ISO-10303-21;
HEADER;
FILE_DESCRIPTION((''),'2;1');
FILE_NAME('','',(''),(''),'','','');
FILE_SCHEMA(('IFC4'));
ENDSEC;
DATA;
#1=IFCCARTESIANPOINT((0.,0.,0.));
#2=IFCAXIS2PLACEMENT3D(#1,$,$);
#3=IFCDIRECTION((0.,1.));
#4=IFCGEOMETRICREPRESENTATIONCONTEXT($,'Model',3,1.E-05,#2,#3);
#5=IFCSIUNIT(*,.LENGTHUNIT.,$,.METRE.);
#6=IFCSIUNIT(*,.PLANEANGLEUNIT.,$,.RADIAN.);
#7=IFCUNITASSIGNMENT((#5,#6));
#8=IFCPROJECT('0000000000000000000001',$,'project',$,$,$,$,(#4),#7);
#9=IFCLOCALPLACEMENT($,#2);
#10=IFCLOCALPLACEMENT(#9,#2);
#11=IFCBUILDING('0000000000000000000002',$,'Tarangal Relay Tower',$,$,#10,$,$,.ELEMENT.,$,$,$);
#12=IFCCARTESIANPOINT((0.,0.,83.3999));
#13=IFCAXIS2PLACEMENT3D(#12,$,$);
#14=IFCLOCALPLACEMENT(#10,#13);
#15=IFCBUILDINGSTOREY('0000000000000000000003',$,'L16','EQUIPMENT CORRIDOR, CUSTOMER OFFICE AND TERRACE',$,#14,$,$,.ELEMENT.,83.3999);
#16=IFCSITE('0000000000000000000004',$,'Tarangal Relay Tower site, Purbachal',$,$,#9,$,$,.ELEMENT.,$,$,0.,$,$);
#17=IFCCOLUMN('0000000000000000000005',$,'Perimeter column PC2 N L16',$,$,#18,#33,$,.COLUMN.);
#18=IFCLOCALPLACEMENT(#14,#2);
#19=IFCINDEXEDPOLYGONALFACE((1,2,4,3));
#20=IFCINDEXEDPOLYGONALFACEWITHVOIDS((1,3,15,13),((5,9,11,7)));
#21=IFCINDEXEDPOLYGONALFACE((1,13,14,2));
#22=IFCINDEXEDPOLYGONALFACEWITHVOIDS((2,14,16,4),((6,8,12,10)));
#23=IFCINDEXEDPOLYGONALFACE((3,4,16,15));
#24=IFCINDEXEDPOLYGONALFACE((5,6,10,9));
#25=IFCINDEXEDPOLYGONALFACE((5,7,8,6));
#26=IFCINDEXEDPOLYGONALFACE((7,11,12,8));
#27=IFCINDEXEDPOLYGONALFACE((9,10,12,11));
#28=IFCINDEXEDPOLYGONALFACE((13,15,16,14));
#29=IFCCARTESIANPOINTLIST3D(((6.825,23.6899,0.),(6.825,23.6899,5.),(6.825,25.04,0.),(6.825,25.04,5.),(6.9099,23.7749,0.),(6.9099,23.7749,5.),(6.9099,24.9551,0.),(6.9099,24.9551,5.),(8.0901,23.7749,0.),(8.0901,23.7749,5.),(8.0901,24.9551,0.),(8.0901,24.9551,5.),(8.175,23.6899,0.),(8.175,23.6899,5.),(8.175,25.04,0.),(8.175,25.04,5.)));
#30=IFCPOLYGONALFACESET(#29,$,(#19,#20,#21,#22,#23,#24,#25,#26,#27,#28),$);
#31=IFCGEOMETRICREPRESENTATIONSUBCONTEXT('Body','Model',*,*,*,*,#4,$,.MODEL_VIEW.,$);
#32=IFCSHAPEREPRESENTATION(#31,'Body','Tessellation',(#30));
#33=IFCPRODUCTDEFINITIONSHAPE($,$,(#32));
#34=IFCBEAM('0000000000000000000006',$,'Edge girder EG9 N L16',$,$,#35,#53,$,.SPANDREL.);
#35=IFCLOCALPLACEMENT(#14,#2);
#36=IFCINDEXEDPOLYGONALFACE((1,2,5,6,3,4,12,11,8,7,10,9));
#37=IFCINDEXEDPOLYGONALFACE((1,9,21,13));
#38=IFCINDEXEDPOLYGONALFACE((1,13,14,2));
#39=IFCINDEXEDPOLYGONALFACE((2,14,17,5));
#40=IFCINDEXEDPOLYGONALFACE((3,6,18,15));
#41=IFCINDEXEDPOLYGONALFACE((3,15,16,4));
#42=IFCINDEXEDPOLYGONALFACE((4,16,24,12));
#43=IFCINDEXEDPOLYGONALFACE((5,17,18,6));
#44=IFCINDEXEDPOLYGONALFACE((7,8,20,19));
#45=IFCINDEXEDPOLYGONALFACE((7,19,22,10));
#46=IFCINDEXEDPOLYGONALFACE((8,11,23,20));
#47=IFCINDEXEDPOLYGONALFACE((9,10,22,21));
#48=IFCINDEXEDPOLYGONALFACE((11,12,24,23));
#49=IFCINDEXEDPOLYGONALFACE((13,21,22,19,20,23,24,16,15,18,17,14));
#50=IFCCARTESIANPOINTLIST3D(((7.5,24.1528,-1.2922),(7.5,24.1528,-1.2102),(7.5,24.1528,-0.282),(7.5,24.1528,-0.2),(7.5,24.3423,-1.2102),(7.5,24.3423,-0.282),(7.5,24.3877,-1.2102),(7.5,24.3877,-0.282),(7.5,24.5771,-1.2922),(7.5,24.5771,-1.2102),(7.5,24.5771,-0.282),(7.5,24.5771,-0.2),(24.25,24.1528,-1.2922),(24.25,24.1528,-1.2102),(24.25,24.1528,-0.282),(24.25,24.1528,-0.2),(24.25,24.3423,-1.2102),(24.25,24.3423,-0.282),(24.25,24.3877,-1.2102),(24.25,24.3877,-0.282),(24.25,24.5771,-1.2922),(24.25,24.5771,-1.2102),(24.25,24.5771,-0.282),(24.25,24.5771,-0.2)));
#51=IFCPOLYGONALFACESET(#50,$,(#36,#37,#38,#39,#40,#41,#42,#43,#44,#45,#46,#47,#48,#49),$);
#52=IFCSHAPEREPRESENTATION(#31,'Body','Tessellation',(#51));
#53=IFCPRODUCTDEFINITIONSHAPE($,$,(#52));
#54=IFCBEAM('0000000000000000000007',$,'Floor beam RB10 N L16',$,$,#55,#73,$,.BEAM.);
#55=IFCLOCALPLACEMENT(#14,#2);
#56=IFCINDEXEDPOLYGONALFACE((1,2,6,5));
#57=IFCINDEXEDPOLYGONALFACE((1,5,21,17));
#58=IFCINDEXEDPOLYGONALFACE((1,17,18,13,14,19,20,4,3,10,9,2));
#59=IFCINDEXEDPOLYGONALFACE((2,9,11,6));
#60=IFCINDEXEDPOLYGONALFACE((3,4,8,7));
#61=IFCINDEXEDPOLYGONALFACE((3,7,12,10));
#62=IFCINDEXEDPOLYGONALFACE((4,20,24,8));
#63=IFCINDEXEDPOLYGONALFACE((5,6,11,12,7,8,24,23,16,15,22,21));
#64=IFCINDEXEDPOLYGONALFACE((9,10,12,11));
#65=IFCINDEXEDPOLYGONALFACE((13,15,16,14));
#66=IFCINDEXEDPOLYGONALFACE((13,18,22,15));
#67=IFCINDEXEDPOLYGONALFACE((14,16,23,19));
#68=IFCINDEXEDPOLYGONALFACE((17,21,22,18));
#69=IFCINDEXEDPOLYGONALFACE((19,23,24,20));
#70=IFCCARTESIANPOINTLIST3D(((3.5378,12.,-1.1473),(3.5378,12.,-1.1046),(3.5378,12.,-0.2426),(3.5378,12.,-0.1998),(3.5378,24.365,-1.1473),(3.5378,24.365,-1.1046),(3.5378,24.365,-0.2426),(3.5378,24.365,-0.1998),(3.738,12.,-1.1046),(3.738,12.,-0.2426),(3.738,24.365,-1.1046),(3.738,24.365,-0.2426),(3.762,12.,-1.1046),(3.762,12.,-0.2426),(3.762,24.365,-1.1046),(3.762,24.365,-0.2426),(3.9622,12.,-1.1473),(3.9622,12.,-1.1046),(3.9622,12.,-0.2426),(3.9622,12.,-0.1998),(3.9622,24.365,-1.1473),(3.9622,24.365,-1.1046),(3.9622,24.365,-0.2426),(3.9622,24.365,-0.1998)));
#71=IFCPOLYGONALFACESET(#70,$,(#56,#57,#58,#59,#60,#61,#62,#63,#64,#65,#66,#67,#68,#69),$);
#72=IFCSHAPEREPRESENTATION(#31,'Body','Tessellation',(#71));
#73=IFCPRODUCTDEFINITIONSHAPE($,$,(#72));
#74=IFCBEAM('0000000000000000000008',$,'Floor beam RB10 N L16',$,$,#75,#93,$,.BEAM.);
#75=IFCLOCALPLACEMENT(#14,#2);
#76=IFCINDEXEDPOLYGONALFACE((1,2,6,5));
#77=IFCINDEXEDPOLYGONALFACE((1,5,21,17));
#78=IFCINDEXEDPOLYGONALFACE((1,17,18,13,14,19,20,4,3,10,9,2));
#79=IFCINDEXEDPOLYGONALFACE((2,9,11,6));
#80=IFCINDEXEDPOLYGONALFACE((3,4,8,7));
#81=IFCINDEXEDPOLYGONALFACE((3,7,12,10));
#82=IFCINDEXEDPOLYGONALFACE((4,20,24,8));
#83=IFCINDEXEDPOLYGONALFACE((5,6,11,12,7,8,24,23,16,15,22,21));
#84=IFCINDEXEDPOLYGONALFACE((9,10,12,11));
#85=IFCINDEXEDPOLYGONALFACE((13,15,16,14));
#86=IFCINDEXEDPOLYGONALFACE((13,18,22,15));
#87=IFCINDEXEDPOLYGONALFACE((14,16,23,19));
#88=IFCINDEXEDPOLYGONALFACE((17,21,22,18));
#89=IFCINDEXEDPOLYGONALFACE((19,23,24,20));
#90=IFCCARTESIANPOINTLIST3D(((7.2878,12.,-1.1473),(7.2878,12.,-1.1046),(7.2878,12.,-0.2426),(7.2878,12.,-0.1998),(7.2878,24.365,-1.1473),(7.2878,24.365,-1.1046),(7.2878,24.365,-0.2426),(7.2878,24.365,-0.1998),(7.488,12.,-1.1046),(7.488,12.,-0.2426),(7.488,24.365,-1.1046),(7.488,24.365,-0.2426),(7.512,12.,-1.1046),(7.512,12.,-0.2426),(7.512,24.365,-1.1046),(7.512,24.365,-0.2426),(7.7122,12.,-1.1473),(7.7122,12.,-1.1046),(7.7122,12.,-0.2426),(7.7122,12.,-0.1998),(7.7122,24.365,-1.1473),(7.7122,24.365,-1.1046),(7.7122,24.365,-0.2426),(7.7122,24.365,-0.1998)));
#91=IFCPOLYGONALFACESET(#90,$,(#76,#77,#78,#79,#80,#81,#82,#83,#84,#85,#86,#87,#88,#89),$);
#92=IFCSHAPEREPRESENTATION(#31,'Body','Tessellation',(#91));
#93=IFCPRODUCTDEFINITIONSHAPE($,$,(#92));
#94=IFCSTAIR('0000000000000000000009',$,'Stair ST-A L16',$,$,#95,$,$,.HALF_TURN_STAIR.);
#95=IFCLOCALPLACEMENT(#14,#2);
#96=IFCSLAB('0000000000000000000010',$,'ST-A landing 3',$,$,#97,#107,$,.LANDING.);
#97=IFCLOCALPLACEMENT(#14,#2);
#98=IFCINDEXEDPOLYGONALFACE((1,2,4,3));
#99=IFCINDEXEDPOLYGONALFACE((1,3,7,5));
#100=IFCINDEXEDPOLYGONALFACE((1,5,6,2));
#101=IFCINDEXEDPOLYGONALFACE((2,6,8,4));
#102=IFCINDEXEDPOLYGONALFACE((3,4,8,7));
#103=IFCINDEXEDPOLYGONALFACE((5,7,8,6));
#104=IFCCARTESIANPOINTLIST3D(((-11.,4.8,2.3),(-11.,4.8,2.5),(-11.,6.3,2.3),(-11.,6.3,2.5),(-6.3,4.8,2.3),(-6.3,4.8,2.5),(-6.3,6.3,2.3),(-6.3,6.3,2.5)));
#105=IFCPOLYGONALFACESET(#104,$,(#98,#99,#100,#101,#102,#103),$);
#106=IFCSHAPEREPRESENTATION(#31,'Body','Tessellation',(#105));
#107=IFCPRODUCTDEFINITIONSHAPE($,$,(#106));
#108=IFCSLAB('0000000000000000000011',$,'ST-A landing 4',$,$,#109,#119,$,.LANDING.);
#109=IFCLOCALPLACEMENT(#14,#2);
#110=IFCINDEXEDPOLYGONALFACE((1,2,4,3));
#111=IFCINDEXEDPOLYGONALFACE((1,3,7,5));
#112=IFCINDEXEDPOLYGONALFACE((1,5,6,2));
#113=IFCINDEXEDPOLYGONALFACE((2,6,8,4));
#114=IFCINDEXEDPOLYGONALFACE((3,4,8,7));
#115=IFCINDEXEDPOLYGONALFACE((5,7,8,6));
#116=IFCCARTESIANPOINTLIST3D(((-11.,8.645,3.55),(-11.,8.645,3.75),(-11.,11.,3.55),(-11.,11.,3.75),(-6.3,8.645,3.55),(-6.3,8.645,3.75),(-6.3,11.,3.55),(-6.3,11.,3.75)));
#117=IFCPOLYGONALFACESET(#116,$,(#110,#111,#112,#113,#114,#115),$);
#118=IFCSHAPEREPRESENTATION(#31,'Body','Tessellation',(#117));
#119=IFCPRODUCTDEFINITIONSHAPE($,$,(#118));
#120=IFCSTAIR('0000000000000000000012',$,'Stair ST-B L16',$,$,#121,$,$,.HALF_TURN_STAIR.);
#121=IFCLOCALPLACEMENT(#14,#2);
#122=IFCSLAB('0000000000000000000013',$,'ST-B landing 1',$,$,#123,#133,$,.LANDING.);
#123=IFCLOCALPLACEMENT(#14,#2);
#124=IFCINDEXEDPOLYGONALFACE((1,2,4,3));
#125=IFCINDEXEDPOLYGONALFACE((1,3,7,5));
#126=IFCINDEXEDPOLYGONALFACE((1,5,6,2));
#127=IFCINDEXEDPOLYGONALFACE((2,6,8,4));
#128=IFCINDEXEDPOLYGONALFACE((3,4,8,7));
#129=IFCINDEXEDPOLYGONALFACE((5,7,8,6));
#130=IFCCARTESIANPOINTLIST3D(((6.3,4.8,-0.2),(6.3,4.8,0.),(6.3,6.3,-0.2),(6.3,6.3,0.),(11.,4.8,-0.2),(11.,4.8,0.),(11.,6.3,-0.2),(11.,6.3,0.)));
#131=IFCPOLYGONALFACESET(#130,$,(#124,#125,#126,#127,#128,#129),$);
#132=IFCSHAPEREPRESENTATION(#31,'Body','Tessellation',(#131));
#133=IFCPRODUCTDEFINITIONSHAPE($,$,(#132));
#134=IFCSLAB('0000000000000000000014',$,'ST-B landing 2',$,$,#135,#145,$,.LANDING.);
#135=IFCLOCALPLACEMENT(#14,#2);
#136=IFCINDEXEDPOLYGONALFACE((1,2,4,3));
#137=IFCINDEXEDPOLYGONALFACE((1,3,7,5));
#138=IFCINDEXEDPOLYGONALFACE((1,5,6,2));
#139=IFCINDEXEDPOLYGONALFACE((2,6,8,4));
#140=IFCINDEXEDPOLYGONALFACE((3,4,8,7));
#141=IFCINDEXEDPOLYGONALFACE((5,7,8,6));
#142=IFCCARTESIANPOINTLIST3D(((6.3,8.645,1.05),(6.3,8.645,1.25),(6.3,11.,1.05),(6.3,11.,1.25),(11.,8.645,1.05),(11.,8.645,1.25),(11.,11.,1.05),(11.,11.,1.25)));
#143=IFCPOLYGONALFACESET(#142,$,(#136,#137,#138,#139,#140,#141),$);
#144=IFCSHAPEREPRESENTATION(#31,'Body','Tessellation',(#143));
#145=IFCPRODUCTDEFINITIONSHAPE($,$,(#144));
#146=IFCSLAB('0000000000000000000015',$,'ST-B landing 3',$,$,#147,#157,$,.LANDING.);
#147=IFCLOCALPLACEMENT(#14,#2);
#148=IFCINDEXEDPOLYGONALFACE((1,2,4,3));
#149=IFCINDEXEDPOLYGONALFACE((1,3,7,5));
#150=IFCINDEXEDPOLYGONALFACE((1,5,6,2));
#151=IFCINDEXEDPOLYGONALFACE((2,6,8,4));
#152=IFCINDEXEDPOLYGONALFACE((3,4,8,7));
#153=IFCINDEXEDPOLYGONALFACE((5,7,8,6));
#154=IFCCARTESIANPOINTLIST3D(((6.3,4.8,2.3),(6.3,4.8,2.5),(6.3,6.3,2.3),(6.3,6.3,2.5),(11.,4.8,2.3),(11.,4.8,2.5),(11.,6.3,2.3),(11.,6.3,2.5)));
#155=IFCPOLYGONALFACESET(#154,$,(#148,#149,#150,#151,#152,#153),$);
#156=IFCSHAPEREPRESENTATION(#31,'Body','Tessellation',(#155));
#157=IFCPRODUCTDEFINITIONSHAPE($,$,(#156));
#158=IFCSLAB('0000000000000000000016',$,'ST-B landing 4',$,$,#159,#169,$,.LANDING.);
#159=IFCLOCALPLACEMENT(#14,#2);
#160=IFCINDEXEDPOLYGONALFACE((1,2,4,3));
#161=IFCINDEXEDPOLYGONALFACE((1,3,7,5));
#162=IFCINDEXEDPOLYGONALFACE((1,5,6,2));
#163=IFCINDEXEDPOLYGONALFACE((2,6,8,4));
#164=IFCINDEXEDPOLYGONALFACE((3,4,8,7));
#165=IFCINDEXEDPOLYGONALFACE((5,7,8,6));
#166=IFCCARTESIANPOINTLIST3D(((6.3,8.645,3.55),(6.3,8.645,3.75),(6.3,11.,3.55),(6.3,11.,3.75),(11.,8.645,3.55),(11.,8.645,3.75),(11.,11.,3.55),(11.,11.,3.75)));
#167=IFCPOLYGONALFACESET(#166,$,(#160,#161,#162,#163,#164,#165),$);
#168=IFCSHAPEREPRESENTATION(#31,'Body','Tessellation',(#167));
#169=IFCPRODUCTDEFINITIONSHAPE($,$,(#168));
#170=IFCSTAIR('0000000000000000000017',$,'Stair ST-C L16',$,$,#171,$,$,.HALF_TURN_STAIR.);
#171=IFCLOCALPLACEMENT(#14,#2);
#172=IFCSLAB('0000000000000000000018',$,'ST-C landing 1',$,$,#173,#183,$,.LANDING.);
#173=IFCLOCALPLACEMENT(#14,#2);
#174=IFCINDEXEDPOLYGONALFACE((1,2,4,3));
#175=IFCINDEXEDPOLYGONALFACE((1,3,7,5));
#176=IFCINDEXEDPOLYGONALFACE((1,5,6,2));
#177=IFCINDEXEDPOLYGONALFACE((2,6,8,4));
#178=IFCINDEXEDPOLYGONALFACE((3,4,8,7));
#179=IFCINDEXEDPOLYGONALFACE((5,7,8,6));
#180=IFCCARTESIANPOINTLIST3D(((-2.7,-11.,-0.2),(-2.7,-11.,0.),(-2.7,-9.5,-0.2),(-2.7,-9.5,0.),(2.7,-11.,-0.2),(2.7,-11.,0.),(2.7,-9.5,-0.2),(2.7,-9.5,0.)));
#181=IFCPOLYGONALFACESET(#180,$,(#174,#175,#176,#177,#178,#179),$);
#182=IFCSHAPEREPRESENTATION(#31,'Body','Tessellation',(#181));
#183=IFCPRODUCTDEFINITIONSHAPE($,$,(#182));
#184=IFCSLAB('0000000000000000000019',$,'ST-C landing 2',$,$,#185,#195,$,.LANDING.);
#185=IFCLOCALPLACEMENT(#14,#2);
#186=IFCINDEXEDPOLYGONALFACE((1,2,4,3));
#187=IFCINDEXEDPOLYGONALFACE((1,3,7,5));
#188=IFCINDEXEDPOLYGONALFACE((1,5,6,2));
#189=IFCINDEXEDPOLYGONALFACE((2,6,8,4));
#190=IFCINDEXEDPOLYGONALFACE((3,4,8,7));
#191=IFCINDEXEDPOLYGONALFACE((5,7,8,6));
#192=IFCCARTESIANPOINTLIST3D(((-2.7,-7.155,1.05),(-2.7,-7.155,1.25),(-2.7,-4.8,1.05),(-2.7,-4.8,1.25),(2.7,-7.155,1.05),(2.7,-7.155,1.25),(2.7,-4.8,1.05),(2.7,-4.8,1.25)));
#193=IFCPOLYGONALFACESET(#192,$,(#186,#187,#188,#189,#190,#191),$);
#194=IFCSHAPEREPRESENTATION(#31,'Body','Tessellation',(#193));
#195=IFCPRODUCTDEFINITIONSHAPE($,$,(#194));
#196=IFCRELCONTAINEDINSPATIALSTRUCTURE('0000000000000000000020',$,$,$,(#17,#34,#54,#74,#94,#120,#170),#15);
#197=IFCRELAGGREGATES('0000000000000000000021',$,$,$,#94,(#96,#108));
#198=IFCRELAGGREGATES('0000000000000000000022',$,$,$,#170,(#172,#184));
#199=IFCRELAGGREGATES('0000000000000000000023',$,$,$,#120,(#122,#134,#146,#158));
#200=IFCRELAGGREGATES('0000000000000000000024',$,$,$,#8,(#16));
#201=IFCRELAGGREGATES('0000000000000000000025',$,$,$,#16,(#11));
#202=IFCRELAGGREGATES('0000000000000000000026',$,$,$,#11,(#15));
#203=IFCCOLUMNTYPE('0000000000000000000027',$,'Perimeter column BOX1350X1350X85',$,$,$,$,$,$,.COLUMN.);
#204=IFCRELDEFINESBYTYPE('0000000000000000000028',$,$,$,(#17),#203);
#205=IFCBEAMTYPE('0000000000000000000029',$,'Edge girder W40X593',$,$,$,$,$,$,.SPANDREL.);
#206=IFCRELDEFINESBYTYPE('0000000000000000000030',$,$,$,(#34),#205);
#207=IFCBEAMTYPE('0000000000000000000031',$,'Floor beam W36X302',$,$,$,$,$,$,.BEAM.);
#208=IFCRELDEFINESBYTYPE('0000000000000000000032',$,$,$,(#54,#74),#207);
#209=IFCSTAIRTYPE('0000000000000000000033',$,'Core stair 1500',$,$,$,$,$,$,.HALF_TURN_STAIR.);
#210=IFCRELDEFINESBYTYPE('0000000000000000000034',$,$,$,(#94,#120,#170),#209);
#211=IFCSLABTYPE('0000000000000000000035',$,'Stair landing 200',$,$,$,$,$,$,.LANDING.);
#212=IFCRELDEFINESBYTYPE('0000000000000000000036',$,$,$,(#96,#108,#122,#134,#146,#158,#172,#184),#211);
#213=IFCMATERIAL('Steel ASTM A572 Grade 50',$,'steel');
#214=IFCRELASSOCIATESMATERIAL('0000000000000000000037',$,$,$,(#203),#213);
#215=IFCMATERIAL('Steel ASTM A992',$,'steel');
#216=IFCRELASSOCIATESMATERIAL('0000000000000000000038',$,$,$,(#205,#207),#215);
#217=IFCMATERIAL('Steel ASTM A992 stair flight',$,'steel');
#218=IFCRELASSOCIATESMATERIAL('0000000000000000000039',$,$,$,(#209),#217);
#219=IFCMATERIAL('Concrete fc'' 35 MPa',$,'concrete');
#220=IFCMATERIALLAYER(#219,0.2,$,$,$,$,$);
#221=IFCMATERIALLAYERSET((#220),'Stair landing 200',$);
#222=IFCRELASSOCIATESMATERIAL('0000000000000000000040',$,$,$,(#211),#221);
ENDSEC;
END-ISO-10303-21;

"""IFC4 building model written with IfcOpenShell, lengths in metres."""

from ifc_helpers import new_model, si_unit, direction, frame, origin, origin_2d, place, context, subcontext, project, spatial, polyline, hollow_rectangle, i_section, outline, extrude, material, layer, layer_set, material_profile, profile_set, type_object, element, aggregate, save


model = new_model("IFC4")

# Units and contexts
model_context = context("Model", 3, precision=1e-05, world=origin(), true_north=direction((0.0, 1.0)))
body_context = subcontext(model_context, "Body", "Model", "MODEL_VIEW")
ifc_project = project(units=[si_unit("LENGTHUNIT", "METRE"), si_unit("PLANEANGLEUNIT", "RADIAN")], contexts=[model_context])

# Site, building, storey
site_placement = place(None, origin())
site = spatial("IfcSite", under=ifc_project, at=site_placement, Name="Tarangal Relay Tower site, Purbachal", CompositionType="ELEMENT", RefElevation=0.0)
building_placement = place(site_placement, origin())
building = spatial("IfcBuilding", under=site, at=building_placement, Name="Tarangal Relay Tower", CompositionType="ELEMENT")
storey_placement = place(building_placement, frame((0.0, 0.0, 83.3999)))
storey = spatial("IfcBuildingStorey", under=building, at=storey_placement, Name="L16", Description="EQUIPMENT CORRIDOR, CUSTOMER OFFICE AND TERRACE", CompositionType="ELEMENT", Elevation=83.3999)

# Column
ifc_material_1 = material(Name="Steel ASTM A572 Grade 50", Category="steel")
ifc_material_profile_1 = material_profile(ifc_material_1, hollow_rectangle(XDim=1.3501, YDim=1.3501, WallThickness=0.085, at=origin_2d()), Name="BOX1350X1350X85")
ifc_profile_set_1 = profile_set([ifc_material_profile_1], Name="Steel ASTM A572 Grade 50")
column_type = type_object("IfcColumnType", Name="Perimeter column BOX1350X1350X85", PredefinedType="COLUMN", material=ifc_profile_set_1)
column_placement = place(storey_placement, frame((7.5, 24.365, 0.0), z_axis=(0.0, 0.0, 1.0), x_axis=(1.0, 0.0, 0.0)))
element("IfcColumn", 1, at=column_placement, inside=storey, type_object=column_type, Name="Perimeter column PC2 N L16", PredefinedType="COLUMN", context=body_context, shape_type="SweptSolid", body=[
    extrude(hollow_rectangle(XDim=1.3501, YDim=1.3501, WallThickness=0.085, at=origin_2d()), origin(), (0.0, 0.0, 1.0), 5.0),
])

# Beams
ifc_material_2 = material(Name="Steel ASTM A992", Category="steel")
ifc_material_profile_2 = material_profile(ifc_material_2, i_section(OverallWidth=0.4243, OverallDepth=1.0923, WebThickness=0.0454, FlangeThickness=0.082, at=origin_2d()), Name="W40X593")
ifc_profile_set_2 = profile_set([ifc_material_profile_2], Name="Steel ASTM A992")
beam_type_1 = type_object("IfcBeamType", Name="Edge girder W40X593", PredefinedType="SPANDREL", material=ifc_profile_set_2)
beam_placement = place(storey_placement, frame((7.5, 24.365, -0.7461), z_axis=(1.0, 0.0, 0.0), x_axis=(0.0, 1.0, 0.0)))
element("IfcBeam", 2, at=beam_placement, inside=storey, type_object=beam_type_1, Name="Edge girder EG9 N L16", PredefinedType="SPANDREL", context=body_context, shape_type="SweptSolid", body=[
    extrude(i_section(OverallWidth=0.4243, OverallDepth=1.0923, WebThickness=0.0454, FlangeThickness=0.082, at=origin_2d()), origin(), (0.0, 0.0, 1.0), 16.75),
])
ifc_material_profile_3 = material_profile(ifc_material_2, i_section(OverallWidth=0.4243, OverallDepth=0.9475, WebThickness=0.0239, FlangeThickness=0.0427, at=origin_2d()), Name="W36X302")
ifc_profile_set_3 = profile_set([ifc_material_profile_3], Name="Steel ASTM A992")
beam_type_2 = type_object("IfcBeamType", Name="Floor beam W36X302", PredefinedType="BEAM", material=ifc_profile_set_3)
for number, where, z_axis, x_axis, name in (
    (3, (3.75, 12.0, -0.6736), (0.0, 1.0, 0.0), (-1.0, 0.0, 0.0), "Floor beam RB10 N L16"),
    (4, (7.5, 12.0, -0.6736), (0.0, 1.0, 0.0), (-1.0, 0.0, 0.0), "Floor beam RB10 N L16"),
):
    element("IfcBeam", number, at=place(storey_placement, frame(where, z_axis=z_axis, x_axis=x_axis)), inside=storey, type_object=beam_type_2, Name=name, PredefinedType="BEAM", context=body_context, shape_type="SweptSolid", body=[
        extrude(i_section(OverallWidth=0.4243, OverallDepth=0.9475, WebThickness=0.0239, FlangeThickness=0.0427, at=origin_2d()), origin(), (0.0, 0.0, 1.0), 12.365),
    ])

# Stairs, slabs
ifc_material_3 = material(Name="Steel ASTM A992 stair flight", Category="steel")
stair_type = type_object("IfcStairType", Name="Core stair 1500", PredefinedType="HALF_TURN_STAIR", material=ifc_material_3)
stair_1_placement = place(storey_placement, origin())
stair_1 = element("IfcStair", 5, at=stair_1_placement, inside=storey, type_object=stair_type, Name="Stair ST-A L16", PredefinedType="HALF_TURN_STAIR")
ifc_material_4 = material(Name="Concrete fc' 35 MPa", Category="concrete")
ifc_layer_1 = layer(ifc_material_4, 0.2)
ifc_layer_set_1 = layer_set([ifc_layer_1], Name="Stair landing 200")
slab_type = type_object("IfcSlabType", Name="Stair landing 200", PredefinedType="LANDING", material=ifc_layer_set_1)
slab_1_placement = place(storey_placement, frame((0.0, 0.0, 2.3)))
slab_1 = element("IfcSlab", 6, at=slab_1_placement, type_object=slab_type, Name="ST-A landing 3", PredefinedType="LANDING", context=body_context, shape_type="SweptSolid", body=[
    extrude(outline(polyline([(-11.0, 4.8), (-6.3, 4.8), (-6.3, 6.3), (-11.0, 6.3), (-11.0, 4.8)])), origin(), (0.0, 0.0, 1.0), 0.2),
])
slab_2_placement = place(storey_placement, frame((0.0, 0.0, 3.55)))
slab_2 = element("IfcSlab", 7, at=slab_2_placement, type_object=slab_type, Name="ST-A landing 4", PredefinedType="LANDING", context=body_context, shape_type="SweptSolid", body=[
    extrude(outline(polyline([(-11.0, 8.645), (-6.3, 8.645), (-6.3, 11.0), (-11.0, 11.0), (-11.0, 8.645)])), origin(), (0.0, 0.0, 1.0), 0.2),
])
aggregate(stair_1, [slab_1, slab_2])
stair_2_placement = place(storey_placement, origin())
stair_2 = element("IfcStair", 8, at=stair_2_placement, inside=storey, type_object=stair_type, Name="Stair ST-B L16", PredefinedType="HALF_TURN_STAIR")
slab_3_placement = place(storey_placement, frame((0.0, 0.0, -0.2)))
slab_3 = element("IfcSlab", 9, at=slab_3_placement, type_object=slab_type, Name="ST-B landing 1", PredefinedType="LANDING", context=body_context, shape_type="SweptSolid", body=[
    extrude(outline(polyline([(6.3, 4.8), (11.0, 4.8), (11.0, 6.3), (6.3, 6.3), (6.3, 4.8)])), origin(), (0.0, 0.0, 1.0), 0.2),
])
slab_4_placement = place(storey_placement, frame((0.0, 0.0, 1.05)))
slab_4 = element("IfcSlab", 10, at=slab_4_placement, type_object=slab_type, Name="ST-B landing 2", PredefinedType="LANDING", context=body_context, shape_type="SweptSolid", body=[
    extrude(outline(polyline([(6.3, 8.645), (11.0, 8.645), (11.0, 11.0), (6.3, 11.0), (6.3, 8.645)])), origin(), (0.0, 0.0, 1.0), 0.2),
])
slab_5_placement = place(storey_placement, frame((0.0, 0.0, 2.3)))
slab_5 = element("IfcSlab", 11, at=slab_5_placement, type_object=slab_type, Name="ST-B landing 3", PredefinedType="LANDING", context=body_context, shape_type="SweptSolid", body=[
    extrude(outline(polyline([(6.3, 4.8), (11.0, 4.8), (11.0, 6.3), (6.3, 6.3), (6.3, 4.8)])), origin(), (0.0, 0.0, 1.0), 0.2),
])
slab_6_placement = place(storey_placement, frame((0.0, 0.0, 3.55)))
slab_6 = element("IfcSlab", 12, at=slab_6_placement, type_object=slab_type, Name="ST-B landing 4", PredefinedType="LANDING", context=body_context, shape_type="SweptSolid", body=[
    extrude(outline(polyline([(6.3, 8.645), (11.0, 8.645), (11.0, 11.0), (6.3, 11.0), (6.3, 8.645)])), origin(), (0.0, 0.0, 1.0), 0.2),
])
stair_3_placement = place(storey_placement, origin())
stair_3 = element("IfcStair", 13, at=stair_3_placement, inside=storey, type_object=stair_type, Name="Stair ST-C L16", PredefinedType="HALF_TURN_STAIR")
slab_7_placement = place(storey_placement, frame((0.0, 0.0, -0.2)))
slab_7 = element("IfcSlab", 14, at=slab_7_placement, type_object=slab_type, Name="ST-C landing 1", PredefinedType="LANDING", context=body_context, shape_type="SweptSolid", body=[
    extrude(outline(polyline([(-2.7, -11.0), (2.7, -11.0), (2.7, -9.5), (-2.7, -9.5), (-2.7, -11.0)])), origin(), (0.0, 0.0, 1.0), 0.2),
])
slab_8_placement = place(storey_placement, frame((0.0, 0.0, 1.05)))
slab_8 = element("IfcSlab", 15, at=slab_8_placement, type_object=slab_type, Name="ST-C landing 2", PredefinedType="LANDING", context=body_context, shape_type="SweptSolid", body=[
    extrude(outline(polyline([(-2.7, -7.155), (2.7, -7.155), (2.7, -4.8), (-2.7, -4.8), (-2.7, -7.155)])), origin(), (0.0, 0.0, 1.0), 0.2),
])
aggregate(stair_3, [slab_7, slab_8])

aggregate(stair_2, [slab_3, slab_4, slab_5, slab_6])

save(model, "model.ifc")
